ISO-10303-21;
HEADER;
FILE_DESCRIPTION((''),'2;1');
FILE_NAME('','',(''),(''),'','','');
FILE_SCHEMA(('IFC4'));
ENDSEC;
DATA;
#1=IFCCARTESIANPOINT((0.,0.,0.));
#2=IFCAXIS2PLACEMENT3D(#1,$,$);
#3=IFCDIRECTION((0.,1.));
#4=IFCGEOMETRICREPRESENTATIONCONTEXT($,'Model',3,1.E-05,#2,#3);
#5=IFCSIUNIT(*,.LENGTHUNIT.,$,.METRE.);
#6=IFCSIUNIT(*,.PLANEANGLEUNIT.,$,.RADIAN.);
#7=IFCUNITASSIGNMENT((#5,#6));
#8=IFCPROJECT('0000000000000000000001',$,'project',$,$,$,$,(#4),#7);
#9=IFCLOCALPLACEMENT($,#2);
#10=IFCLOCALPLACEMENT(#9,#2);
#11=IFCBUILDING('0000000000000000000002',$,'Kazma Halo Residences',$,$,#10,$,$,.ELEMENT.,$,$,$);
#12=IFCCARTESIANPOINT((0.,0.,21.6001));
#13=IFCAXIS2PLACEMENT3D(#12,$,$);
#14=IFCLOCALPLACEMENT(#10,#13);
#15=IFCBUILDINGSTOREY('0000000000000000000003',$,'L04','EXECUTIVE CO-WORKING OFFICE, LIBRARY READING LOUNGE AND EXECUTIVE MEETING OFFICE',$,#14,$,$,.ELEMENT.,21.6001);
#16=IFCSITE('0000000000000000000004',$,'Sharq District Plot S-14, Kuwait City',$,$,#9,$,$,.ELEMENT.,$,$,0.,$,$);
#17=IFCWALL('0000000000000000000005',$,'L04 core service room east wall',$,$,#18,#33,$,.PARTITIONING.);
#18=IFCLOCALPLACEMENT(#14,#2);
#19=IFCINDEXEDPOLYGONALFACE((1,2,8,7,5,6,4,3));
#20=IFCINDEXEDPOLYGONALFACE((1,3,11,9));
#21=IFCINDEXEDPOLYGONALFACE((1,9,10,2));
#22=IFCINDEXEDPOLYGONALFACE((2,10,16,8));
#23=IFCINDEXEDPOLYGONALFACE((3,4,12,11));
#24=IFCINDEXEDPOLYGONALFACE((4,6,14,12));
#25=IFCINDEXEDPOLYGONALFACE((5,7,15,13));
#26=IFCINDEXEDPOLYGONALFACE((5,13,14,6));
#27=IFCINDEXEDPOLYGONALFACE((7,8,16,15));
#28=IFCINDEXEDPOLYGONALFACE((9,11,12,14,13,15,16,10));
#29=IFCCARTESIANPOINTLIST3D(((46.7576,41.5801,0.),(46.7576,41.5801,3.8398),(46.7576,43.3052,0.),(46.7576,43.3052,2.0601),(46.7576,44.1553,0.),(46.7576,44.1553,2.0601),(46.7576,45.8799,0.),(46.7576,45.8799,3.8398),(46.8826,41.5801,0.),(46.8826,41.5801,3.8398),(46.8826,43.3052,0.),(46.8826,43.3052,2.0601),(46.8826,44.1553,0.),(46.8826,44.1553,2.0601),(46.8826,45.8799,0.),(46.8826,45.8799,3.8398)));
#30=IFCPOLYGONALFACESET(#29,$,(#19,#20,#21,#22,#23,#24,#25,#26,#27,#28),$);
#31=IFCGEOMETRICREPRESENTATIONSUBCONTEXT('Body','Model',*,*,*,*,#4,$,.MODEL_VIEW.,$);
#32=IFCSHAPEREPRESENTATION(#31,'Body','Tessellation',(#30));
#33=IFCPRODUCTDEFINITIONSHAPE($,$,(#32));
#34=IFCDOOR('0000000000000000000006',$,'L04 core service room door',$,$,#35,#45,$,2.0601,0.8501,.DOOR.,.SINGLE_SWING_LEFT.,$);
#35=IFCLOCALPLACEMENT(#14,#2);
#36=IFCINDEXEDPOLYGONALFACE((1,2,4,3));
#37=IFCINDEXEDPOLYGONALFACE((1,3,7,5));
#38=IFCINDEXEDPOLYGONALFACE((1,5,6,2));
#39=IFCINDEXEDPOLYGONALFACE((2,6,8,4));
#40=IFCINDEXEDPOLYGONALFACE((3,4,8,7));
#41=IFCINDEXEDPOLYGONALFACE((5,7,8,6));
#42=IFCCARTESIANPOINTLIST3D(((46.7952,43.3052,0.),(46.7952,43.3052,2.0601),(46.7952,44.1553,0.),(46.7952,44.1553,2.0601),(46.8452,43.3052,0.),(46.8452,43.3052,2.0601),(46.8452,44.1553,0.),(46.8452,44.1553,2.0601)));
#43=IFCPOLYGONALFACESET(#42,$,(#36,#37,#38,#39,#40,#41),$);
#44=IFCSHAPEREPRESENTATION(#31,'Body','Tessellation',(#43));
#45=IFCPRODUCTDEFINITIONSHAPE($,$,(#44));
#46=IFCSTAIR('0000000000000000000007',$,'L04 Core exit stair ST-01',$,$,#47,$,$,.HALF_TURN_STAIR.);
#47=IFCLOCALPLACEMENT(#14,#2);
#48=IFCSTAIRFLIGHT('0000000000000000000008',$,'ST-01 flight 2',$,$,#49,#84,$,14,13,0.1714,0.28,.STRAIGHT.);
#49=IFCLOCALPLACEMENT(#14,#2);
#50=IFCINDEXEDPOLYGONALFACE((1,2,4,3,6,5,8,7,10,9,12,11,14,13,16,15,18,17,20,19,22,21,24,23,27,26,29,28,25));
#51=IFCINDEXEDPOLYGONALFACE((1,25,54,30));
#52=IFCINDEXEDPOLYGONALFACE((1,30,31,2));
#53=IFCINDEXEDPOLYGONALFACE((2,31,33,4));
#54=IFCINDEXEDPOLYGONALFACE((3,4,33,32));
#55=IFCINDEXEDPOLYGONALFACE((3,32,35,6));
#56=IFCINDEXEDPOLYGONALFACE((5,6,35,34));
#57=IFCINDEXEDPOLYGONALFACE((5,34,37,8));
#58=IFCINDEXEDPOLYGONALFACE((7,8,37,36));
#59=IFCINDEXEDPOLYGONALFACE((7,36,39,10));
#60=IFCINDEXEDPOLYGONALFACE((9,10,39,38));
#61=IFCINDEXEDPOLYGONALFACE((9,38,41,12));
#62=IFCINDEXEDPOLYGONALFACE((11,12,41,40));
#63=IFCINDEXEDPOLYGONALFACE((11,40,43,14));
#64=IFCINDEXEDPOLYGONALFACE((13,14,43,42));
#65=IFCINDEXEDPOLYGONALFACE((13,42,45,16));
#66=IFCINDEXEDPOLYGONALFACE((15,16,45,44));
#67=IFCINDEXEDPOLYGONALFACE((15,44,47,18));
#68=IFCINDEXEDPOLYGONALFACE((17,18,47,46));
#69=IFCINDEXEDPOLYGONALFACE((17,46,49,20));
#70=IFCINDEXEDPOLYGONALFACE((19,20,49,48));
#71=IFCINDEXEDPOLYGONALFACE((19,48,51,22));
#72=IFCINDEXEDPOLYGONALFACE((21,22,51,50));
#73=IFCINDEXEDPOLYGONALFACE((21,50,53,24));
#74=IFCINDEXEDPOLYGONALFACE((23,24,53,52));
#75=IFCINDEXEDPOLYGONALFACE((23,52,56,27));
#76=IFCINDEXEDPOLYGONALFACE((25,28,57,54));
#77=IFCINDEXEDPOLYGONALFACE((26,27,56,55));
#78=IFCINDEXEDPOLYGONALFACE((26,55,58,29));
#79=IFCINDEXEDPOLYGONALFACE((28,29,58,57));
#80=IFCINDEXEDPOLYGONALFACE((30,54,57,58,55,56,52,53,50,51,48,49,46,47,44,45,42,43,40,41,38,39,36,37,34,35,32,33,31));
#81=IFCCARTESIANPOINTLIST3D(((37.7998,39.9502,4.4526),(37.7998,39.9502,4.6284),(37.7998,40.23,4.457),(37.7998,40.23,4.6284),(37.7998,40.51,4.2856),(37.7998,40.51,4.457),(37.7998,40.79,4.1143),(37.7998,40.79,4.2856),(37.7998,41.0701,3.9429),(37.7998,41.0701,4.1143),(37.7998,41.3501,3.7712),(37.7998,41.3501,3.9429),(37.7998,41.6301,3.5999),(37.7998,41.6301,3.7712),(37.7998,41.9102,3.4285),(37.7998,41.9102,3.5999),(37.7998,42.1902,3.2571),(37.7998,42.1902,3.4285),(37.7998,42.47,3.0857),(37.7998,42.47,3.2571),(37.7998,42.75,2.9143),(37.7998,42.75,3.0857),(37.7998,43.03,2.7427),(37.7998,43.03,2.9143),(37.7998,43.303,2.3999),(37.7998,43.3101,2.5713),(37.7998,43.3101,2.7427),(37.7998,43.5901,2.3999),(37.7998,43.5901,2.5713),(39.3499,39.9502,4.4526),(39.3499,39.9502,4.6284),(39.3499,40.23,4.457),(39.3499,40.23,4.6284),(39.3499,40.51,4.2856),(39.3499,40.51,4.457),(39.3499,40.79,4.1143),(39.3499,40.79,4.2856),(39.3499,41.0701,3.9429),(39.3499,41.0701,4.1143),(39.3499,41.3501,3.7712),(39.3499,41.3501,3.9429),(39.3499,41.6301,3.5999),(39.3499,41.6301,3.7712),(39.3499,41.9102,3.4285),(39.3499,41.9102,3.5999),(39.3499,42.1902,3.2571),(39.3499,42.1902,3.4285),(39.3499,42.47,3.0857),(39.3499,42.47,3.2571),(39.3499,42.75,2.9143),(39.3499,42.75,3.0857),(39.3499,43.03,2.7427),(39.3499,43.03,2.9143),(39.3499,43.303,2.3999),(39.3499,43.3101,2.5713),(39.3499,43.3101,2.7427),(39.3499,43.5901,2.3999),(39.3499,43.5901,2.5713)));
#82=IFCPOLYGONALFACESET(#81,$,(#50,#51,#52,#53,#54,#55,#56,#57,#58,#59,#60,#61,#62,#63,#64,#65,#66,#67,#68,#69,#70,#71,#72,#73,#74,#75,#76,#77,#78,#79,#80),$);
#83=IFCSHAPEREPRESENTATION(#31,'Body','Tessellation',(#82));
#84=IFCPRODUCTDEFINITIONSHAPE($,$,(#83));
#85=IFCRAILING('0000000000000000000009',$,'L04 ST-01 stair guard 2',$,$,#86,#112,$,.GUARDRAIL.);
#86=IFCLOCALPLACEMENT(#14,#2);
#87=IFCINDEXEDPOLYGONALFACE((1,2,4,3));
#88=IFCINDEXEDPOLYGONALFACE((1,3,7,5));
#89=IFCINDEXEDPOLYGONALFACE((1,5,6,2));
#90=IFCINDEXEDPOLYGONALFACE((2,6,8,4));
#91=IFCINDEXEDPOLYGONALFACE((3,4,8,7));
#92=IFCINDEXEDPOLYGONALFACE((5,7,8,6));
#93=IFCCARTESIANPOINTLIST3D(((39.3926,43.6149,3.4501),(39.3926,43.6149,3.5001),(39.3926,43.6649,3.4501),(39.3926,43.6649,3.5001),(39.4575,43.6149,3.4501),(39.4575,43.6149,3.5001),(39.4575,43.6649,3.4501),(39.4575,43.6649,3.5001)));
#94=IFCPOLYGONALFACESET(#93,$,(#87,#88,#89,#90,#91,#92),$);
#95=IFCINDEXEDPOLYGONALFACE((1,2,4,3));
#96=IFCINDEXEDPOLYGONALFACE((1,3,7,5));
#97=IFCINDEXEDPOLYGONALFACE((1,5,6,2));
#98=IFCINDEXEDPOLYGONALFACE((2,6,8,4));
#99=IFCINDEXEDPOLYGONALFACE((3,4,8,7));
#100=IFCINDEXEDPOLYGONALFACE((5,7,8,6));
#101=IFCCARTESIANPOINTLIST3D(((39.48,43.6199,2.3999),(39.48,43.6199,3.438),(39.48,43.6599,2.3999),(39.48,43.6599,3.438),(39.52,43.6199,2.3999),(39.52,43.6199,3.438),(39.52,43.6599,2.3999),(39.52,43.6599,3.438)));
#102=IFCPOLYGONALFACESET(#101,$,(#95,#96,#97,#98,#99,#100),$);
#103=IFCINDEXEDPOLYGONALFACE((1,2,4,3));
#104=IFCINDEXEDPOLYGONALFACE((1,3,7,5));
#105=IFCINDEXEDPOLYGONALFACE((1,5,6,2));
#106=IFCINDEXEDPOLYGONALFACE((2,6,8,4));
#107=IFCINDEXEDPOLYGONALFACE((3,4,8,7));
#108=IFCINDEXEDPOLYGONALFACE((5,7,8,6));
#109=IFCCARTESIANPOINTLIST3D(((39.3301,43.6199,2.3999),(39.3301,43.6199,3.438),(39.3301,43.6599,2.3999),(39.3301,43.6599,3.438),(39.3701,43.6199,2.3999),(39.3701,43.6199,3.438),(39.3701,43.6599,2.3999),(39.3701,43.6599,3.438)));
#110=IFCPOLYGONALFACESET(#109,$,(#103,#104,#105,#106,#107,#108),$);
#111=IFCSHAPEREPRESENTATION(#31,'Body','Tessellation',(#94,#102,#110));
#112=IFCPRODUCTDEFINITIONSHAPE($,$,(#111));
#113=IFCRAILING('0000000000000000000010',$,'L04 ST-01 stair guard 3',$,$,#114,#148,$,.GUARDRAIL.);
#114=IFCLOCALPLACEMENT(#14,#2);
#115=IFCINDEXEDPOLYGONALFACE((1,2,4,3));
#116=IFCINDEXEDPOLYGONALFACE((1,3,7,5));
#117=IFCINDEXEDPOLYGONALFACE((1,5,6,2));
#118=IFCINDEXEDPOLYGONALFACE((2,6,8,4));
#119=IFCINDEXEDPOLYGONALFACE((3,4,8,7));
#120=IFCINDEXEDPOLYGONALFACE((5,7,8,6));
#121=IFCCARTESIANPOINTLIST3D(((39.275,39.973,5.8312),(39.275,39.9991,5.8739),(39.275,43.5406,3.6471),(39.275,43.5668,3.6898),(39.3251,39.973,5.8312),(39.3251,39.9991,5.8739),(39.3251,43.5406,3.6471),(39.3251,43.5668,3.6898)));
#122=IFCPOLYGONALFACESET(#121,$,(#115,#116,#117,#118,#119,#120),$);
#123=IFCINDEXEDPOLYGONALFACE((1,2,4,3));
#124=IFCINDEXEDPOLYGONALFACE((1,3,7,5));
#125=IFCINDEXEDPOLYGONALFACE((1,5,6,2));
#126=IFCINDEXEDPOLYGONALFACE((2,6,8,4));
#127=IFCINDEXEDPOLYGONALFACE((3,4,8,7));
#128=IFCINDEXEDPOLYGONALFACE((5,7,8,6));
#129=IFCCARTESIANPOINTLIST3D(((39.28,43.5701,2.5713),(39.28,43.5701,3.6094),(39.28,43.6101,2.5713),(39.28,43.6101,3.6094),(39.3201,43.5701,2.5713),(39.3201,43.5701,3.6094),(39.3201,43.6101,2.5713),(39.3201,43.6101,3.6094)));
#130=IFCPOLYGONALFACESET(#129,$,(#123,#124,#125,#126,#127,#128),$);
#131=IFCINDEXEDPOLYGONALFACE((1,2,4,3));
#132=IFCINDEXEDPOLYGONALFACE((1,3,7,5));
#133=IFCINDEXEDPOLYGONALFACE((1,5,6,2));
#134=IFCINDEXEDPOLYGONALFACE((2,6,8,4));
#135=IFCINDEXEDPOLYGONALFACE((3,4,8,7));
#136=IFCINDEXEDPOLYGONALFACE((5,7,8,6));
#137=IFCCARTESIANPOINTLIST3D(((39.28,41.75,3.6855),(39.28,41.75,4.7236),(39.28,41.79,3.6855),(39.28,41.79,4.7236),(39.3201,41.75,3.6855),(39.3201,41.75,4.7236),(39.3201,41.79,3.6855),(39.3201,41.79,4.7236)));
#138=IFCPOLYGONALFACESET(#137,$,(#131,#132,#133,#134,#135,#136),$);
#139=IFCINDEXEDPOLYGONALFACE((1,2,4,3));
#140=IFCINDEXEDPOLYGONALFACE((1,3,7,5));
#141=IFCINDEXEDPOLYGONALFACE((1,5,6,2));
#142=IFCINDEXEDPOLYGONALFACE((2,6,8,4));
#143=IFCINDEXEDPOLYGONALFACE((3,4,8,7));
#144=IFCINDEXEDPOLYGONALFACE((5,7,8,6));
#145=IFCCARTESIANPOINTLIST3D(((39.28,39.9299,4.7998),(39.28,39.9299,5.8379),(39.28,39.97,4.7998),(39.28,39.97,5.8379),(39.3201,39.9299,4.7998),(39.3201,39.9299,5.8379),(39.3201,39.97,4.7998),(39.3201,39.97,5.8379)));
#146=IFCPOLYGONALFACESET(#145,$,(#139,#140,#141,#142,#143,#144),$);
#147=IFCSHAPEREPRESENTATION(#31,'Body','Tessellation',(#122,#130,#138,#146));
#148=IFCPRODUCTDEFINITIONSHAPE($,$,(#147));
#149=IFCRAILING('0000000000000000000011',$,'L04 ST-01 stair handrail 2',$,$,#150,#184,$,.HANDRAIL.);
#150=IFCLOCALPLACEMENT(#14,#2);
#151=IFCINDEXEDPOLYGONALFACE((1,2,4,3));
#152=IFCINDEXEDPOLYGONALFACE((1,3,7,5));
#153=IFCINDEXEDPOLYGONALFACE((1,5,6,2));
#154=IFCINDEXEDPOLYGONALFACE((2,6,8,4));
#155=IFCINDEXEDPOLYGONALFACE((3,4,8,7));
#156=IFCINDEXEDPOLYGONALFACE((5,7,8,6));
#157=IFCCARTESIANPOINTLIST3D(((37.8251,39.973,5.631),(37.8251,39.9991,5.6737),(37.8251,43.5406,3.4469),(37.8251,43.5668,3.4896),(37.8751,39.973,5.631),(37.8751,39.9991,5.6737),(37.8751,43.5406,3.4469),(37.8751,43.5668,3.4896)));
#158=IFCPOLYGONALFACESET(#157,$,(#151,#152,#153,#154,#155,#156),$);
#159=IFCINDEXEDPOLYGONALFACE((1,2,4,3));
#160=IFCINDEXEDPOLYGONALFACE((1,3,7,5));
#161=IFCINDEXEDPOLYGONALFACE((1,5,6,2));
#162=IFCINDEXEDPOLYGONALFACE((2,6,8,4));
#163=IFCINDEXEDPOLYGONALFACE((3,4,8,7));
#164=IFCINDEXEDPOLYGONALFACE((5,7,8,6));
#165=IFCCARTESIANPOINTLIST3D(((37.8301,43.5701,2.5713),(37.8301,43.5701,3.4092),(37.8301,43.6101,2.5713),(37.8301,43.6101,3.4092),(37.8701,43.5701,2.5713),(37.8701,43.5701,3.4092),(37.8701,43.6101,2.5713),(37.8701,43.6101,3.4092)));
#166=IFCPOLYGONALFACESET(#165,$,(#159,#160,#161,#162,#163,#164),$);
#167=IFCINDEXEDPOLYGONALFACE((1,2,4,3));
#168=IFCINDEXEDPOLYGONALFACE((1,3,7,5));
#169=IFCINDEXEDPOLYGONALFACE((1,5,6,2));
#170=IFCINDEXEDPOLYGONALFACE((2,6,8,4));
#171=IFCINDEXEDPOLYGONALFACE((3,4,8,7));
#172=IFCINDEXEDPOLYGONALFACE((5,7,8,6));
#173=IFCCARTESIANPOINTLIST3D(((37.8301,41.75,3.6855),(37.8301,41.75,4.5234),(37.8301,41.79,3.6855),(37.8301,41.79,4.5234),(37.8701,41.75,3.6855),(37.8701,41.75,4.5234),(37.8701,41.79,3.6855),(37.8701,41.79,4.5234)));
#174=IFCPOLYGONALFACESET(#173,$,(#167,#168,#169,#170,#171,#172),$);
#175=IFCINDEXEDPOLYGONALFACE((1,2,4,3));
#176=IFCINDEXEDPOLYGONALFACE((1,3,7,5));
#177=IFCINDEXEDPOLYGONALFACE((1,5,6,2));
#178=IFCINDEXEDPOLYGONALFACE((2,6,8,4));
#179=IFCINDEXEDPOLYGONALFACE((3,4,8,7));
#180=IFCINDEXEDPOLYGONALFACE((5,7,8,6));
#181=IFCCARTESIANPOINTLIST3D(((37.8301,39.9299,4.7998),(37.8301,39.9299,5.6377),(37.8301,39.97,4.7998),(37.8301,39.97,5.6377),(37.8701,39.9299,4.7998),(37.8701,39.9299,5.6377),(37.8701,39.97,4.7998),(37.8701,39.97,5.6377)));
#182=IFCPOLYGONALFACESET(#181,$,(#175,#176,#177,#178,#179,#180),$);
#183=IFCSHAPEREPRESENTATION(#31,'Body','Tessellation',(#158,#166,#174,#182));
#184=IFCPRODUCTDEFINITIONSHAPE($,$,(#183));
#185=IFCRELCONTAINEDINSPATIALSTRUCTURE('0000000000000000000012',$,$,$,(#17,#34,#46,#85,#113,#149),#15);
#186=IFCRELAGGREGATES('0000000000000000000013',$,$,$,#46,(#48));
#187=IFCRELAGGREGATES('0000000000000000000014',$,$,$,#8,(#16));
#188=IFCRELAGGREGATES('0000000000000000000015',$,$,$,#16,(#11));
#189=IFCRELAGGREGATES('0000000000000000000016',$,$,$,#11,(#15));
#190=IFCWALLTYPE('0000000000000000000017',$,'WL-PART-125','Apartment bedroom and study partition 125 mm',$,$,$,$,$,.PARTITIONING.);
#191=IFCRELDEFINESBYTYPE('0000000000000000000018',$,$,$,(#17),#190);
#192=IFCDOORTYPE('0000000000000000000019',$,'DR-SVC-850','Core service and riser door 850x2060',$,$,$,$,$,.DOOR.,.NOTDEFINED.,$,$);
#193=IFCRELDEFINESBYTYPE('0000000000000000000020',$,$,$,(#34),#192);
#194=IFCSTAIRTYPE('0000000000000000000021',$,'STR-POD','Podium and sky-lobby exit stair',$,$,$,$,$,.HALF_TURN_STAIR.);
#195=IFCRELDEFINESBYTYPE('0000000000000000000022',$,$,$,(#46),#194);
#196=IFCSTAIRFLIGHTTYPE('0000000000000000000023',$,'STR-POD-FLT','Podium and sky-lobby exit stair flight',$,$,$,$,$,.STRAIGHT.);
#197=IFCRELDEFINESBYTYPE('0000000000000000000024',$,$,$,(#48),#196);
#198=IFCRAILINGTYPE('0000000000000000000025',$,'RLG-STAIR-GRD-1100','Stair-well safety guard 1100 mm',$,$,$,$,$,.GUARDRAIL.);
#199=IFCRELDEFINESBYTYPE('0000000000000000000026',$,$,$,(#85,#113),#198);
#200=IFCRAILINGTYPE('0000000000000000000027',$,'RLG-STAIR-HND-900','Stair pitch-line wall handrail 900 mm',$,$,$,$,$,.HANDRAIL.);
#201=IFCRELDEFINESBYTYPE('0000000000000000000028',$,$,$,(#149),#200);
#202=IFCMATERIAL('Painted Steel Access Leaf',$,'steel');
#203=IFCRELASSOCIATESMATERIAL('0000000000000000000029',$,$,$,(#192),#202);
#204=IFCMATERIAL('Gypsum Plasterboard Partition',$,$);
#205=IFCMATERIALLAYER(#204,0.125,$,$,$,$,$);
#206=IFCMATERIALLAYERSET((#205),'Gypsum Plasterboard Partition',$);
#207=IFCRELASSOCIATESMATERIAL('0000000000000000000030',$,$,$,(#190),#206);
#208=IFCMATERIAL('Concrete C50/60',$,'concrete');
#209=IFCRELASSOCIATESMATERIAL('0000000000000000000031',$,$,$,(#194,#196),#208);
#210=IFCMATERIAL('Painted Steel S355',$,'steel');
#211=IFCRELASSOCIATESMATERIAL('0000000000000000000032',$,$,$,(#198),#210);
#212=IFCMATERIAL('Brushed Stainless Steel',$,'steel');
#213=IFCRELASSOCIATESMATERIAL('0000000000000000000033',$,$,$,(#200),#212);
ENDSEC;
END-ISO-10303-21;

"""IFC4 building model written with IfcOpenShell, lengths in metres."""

from ifc_helpers import new_model, si_unit, direction, frame, frame_2d, origin, origin_2d, place, context, subcontext, project, spatial, polyline, rectangle, outline, extrude, material, layer, layer_set, type_object, element, fill, aggregate, save


model = new_model("IFC4")

# Units and contexts
model_context = context("Model", 3, precision=1e-05, world=origin(), true_north=direction((0.0, 1.0)))
body_context = subcontext(model_context, "Body", "Model", "MODEL_VIEW")
ifc_project = project(units=[si_unit("LENGTHUNIT", "METRE"), si_unit("PLANEANGLEUNIT", "RADIAN")], contexts=[model_context])

# Site, building, storey
site_placement = place(None, origin())
site = spatial("IfcSite", under=ifc_project, at=site_placement, Name="Sharq District Plot S-14, Kuwait City", CompositionType="ELEMENT", RefElevation=0.0)
building_placement = place(site_placement, origin())
building = spatial("IfcBuilding", under=site, at=building_placement, Name="Kazma Halo Residences", CompositionType="ELEMENT")
storey_placement = place(building_placement, frame((0.0, 0.0, 21.6001)))
storey = spatial("IfcBuildingStorey", under=building, at=storey_placement, Name="L04", Description="EXECUTIVE CO-WORKING OFFICE, LIBRARY READING LOUNGE AND EXECUTIVE MEETING OFFICE", CompositionType="ELEMENT", Elevation=21.6001)

# Shared definitions
ifc_material_1 = material(Name="Painted Steel Access Leaf", Category="steel")
door_type_1 = type_object("IfcDoorType", Name="DR-SVC-850", Description="Core service and riser door 850x2060", OperationType="NOTDEFINED", PredefinedType="DOOR", material=ifc_material_1)

# Shared definitions
ifc_material_2 = material(Name="Gypsum Plasterboard Partition")
ifc_layer_1 = layer(ifc_material_2, 0.125)
ifc_layer_set_1 = layer_set([ifc_layer_1], Name="Gypsum Plasterboard Partition")
wall_type_1 = type_object("IfcWallType", Name="WL-PART-125", Description="Apartment bedroom and study partition 125 mm", PredefinedType="PARTITIONING", material=ifc_layer_set_1)

# Wall, opening, door
wall_1_placement = place(storey_placement, frame((46.8201, 41.5801, 0.0), z_axis=(0.0, 0.0, 1.0), x_axis=(0.0, 1.0, 0.0)))
wall_1 = element("IfcWall", 1, at=wall_1_placement, inside=storey, type_object=wall_type_1, Name="L04 core service room east wall", PredefinedType="PARTITIONING", context=body_context, shape_type="SweptSolid", body=[
    extrude(rectangle(XDim=4.2998, YDim=0.125, at=frame_2d((2.1499, 0.0))), origin(), (0.0, 0.0, 1.0), 3.8398),
])
opening_1_placement = place(wall_1_placement, frame((1.7251, 0.0, 0.0)))
opening_1 = element("IfcOpeningElement", 2, at=opening_1_placement, cuts=wall_1, PredefinedType="OPENING", context=body_context, shape_type="SweptSolid", body=[
    extrude(rectangle(XDim=0.8501, YDim=2.0601, at=frame_2d((0.425, 1.03))), frame((0.0, 0.0725, 0.0), z_axis=(0.0, -1.0, 0.0), x_axis=(1.0, 0.0, 0.0)), (0.0, 0.0, 1.0), 0.145),
])
door_1_placement = place(opening_1_placement, origin())
door_1 = element("IfcDoor", 3, at=door_1_placement, inside=storey, type_object=door_type_1, Name="L04 core service room door", OperationType="SINGLE_SWING_LEFT", OverallHeight=2.0601, OverallWidth=0.8501, PredefinedType="DOOR", context=body_context, shape_type="SweptSolid", body=[
    extrude(rectangle(XDim=0.8501, YDim=2.0601, at=frame_2d((0.425, 1.03))), frame((0.0, 0.0249, 0.0), z_axis=(0.0, -1.0, 0.0), x_axis=(1.0, 0.0, 0.0)), (0.0, 0.0, 1.0), 0.05),
])
fill(opening_1, door_1)

# Stair, stair flight
ifc_material_3 = material(Name="Concrete C50/60", Category="concrete")
stair_type = type_object("IfcStairType", Name="STR-POD", Description="Podium and sky-lobby exit stair", PredefinedType="HALF_TURN_STAIR", material=ifc_material_3)
stair_placement = place(storey_placement, origin())
stair = element("IfcStair", 4, at=stair_placement, inside=storey, type_object=stair_type, Name="L04 Core exit stair ST-01", PredefinedType="HALF_TURN_STAIR")
stair_flight_type = type_object("IfcStairFlightType", Name="STR-POD-FLT", Description="Podium and sky-lobby exit stair flight", PredefinedType="STRAIGHT", material=ifc_material_3)
stair_flight_placement = place(storey_placement, frame((38.575, 43.5901, 2.3999), z_axis=(0.0, 0.0, 1.0), x_axis=(0.0, -1.0, 0.0)))
stair_flight = element("IfcStairFlight", 5, at=stair_flight_placement, type_object=stair_flight_type, Name="ST-01 flight 2", NumberOfRisers=14, NumberOfTreads=13, PredefinedType="STRAIGHT", RiserHeight=0.1714, TreadLength=0.28, context=body_context, shape_type="SweptSolid", body=[
    extrude(outline(polyline([(0.0, 0.0), (0.0, 0.1714), (0.28, 0.1714), (0.28, 0.3428), (0.5601, 0.3428), (0.5601, 0.5144), (0.8401, 0.5144), (0.8401, 0.6858), (1.1201, 0.6858), (1.1201, 0.8572), (1.3999, 0.8572), (1.3999, 1.0286), (1.6799, 1.0286), (1.6799, 1.2), (1.96, 1.2), (1.96, 1.3713), (2.24, 1.3713), (2.24, 1.543), (2.52, 1.543), (2.52, 1.7144), (2.8, 1.7144), (2.8, 1.8857), (3.0801, 1.8857), (3.0801, 2.0571), (3.3601, 2.0571), (3.3601, 2.2285), (3.6399, 2.2285), (3.6399, 2.3999), (3.6399, 2.0527), (0.2871, 0.0), (0.0, 0.0)])), frame((0.0, 0.7749, 0.0), z_axis=(0.0, -1.0, 0.0), x_axis=(1.0, 0.0, 0.0)), (0.0, 0.0, 1.0), 1.55),
])
aggregate(stair, [stair_flight])

# Railings
ifc_material_4 = material(Name="Painted Steel S355", Category="steel")
railing_type_1 = type_object("IfcRailingType", Name="RLG-STAIR-GRD-1100", Description="Stair-well safety guard 1100 mm", PredefinedType="GUARDRAIL", material=ifc_material_4)
railing_1_placement = place(storey_placement, frame((39.5, 43.6399, 2.3999)))
element("IfcRailing", 6, at=railing_1_placement, inside=storey, type_object=railing_type_1, Name="L04 ST-01 stair guard 2", PredefinedType="GUARDRAIL", context=body_context, shape_type="SweptSolid", body=[
    extrude(rectangle(XDim=0.05, YDim=0.05, at=origin_2d()), frame((-0.0425, 0.0, 1.0752), z_axis=(-1.0, 0.0, 0.0), x_axis=(0.0, -1.0, 0.0)), (0.0, 0.0, 1.0), 0.0649),
    extrude(rectangle(XDim=0.04, YDim=0.04, at=origin_2d()), origin(), (0.0, 0.0, 1.0), 1.0381),
    extrude(rectangle(XDim=0.04, YDim=0.04, at=origin_2d()), frame((-0.1499, 0.0, 0.0)), (0.0, 0.0, 1.0), 1.0381),
])
railing_2_placement = place(storey_placement, frame((39.3, 43.5901, 2.5713)))
element("IfcRailing", 7, at=railing_2_placement, inside=storey, type_object=railing_type_1, Name="L04 ST-01 stair guard 3", PredefinedType="GUARDRAIL", context=body_context, shape_type="SweptSolid", body=[
    extrude(rectangle(XDim=0.05, YDim=0.05, at=origin_2d()), frame((0.0, -0.0364, 1.0972), z_axis=(0.0, -0.852866, 0.52213), x_axis=(1.0, 0.0, 0.0)), (0.0, 0.0, 1.0), 4.1831),
    extrude(rectangle(XDim=0.04, YDim=0.04, at=origin_2d()), origin(), (0.0, 0.0, 1.0), 1.0381),
    extrude(rectangle(XDim=0.04, YDim=0.04, at=origin_2d()), frame((0.0, -1.8201, 1.1143)), (0.0, 0.0, 1.0), 1.0381),
    extrude(rectangle(XDim=0.04, YDim=0.04, at=origin_2d()), frame((0.0, -3.6401, 2.2285)), (0.0, 0.0, 1.0), 1.0381),
])
ifc_material_5 = material(Name="Brushed Stainless Steel", Category="steel")
railing_type_2 = type_object("IfcRailingType", Name="RLG-STAIR-HND-900", Description="Stair pitch-line wall handrail 900 mm", PredefinedType="HANDRAIL", material=ifc_material_5)
railing_3_placement = place(storey_placement, frame((37.8501, 43.5901, 2.5713)))
element("IfcRailing", 8, at=railing_3_placement, inside=storey, type_object=railing_type_2, Name="L04 ST-01 stair handrail 2", PredefinedType="HANDRAIL", context=body_context, shape_type="SweptSolid", body=[
    extrude(rectangle(XDim=0.05, YDim=0.05, at=origin_2d()), frame((0.0, -0.0364, 0.897), z_axis=(0.0, -0.852866, 0.52213), x_axis=(1.0, 0.0, 0.0)), (0.0, 0.0, 1.0), 4.1831),
    extrude(rectangle(XDim=0.04, YDim=0.04, at=origin_2d()), origin(), (0.0, 0.0, 1.0), 0.8379),
    extrude(rectangle(XDim=0.04, YDim=0.04, at=origin_2d()), frame((0.0, -1.8201, 1.1143)), (0.0, 0.0, 1.0), 0.8379),
    extrude(rectangle(XDim=0.04, YDim=0.04, at=origin_2d()), frame((0.0, -3.6401, 2.2285)), (0.0, 0.0, 1.0), 0.8379),
])

save(model, "model.ifc")
